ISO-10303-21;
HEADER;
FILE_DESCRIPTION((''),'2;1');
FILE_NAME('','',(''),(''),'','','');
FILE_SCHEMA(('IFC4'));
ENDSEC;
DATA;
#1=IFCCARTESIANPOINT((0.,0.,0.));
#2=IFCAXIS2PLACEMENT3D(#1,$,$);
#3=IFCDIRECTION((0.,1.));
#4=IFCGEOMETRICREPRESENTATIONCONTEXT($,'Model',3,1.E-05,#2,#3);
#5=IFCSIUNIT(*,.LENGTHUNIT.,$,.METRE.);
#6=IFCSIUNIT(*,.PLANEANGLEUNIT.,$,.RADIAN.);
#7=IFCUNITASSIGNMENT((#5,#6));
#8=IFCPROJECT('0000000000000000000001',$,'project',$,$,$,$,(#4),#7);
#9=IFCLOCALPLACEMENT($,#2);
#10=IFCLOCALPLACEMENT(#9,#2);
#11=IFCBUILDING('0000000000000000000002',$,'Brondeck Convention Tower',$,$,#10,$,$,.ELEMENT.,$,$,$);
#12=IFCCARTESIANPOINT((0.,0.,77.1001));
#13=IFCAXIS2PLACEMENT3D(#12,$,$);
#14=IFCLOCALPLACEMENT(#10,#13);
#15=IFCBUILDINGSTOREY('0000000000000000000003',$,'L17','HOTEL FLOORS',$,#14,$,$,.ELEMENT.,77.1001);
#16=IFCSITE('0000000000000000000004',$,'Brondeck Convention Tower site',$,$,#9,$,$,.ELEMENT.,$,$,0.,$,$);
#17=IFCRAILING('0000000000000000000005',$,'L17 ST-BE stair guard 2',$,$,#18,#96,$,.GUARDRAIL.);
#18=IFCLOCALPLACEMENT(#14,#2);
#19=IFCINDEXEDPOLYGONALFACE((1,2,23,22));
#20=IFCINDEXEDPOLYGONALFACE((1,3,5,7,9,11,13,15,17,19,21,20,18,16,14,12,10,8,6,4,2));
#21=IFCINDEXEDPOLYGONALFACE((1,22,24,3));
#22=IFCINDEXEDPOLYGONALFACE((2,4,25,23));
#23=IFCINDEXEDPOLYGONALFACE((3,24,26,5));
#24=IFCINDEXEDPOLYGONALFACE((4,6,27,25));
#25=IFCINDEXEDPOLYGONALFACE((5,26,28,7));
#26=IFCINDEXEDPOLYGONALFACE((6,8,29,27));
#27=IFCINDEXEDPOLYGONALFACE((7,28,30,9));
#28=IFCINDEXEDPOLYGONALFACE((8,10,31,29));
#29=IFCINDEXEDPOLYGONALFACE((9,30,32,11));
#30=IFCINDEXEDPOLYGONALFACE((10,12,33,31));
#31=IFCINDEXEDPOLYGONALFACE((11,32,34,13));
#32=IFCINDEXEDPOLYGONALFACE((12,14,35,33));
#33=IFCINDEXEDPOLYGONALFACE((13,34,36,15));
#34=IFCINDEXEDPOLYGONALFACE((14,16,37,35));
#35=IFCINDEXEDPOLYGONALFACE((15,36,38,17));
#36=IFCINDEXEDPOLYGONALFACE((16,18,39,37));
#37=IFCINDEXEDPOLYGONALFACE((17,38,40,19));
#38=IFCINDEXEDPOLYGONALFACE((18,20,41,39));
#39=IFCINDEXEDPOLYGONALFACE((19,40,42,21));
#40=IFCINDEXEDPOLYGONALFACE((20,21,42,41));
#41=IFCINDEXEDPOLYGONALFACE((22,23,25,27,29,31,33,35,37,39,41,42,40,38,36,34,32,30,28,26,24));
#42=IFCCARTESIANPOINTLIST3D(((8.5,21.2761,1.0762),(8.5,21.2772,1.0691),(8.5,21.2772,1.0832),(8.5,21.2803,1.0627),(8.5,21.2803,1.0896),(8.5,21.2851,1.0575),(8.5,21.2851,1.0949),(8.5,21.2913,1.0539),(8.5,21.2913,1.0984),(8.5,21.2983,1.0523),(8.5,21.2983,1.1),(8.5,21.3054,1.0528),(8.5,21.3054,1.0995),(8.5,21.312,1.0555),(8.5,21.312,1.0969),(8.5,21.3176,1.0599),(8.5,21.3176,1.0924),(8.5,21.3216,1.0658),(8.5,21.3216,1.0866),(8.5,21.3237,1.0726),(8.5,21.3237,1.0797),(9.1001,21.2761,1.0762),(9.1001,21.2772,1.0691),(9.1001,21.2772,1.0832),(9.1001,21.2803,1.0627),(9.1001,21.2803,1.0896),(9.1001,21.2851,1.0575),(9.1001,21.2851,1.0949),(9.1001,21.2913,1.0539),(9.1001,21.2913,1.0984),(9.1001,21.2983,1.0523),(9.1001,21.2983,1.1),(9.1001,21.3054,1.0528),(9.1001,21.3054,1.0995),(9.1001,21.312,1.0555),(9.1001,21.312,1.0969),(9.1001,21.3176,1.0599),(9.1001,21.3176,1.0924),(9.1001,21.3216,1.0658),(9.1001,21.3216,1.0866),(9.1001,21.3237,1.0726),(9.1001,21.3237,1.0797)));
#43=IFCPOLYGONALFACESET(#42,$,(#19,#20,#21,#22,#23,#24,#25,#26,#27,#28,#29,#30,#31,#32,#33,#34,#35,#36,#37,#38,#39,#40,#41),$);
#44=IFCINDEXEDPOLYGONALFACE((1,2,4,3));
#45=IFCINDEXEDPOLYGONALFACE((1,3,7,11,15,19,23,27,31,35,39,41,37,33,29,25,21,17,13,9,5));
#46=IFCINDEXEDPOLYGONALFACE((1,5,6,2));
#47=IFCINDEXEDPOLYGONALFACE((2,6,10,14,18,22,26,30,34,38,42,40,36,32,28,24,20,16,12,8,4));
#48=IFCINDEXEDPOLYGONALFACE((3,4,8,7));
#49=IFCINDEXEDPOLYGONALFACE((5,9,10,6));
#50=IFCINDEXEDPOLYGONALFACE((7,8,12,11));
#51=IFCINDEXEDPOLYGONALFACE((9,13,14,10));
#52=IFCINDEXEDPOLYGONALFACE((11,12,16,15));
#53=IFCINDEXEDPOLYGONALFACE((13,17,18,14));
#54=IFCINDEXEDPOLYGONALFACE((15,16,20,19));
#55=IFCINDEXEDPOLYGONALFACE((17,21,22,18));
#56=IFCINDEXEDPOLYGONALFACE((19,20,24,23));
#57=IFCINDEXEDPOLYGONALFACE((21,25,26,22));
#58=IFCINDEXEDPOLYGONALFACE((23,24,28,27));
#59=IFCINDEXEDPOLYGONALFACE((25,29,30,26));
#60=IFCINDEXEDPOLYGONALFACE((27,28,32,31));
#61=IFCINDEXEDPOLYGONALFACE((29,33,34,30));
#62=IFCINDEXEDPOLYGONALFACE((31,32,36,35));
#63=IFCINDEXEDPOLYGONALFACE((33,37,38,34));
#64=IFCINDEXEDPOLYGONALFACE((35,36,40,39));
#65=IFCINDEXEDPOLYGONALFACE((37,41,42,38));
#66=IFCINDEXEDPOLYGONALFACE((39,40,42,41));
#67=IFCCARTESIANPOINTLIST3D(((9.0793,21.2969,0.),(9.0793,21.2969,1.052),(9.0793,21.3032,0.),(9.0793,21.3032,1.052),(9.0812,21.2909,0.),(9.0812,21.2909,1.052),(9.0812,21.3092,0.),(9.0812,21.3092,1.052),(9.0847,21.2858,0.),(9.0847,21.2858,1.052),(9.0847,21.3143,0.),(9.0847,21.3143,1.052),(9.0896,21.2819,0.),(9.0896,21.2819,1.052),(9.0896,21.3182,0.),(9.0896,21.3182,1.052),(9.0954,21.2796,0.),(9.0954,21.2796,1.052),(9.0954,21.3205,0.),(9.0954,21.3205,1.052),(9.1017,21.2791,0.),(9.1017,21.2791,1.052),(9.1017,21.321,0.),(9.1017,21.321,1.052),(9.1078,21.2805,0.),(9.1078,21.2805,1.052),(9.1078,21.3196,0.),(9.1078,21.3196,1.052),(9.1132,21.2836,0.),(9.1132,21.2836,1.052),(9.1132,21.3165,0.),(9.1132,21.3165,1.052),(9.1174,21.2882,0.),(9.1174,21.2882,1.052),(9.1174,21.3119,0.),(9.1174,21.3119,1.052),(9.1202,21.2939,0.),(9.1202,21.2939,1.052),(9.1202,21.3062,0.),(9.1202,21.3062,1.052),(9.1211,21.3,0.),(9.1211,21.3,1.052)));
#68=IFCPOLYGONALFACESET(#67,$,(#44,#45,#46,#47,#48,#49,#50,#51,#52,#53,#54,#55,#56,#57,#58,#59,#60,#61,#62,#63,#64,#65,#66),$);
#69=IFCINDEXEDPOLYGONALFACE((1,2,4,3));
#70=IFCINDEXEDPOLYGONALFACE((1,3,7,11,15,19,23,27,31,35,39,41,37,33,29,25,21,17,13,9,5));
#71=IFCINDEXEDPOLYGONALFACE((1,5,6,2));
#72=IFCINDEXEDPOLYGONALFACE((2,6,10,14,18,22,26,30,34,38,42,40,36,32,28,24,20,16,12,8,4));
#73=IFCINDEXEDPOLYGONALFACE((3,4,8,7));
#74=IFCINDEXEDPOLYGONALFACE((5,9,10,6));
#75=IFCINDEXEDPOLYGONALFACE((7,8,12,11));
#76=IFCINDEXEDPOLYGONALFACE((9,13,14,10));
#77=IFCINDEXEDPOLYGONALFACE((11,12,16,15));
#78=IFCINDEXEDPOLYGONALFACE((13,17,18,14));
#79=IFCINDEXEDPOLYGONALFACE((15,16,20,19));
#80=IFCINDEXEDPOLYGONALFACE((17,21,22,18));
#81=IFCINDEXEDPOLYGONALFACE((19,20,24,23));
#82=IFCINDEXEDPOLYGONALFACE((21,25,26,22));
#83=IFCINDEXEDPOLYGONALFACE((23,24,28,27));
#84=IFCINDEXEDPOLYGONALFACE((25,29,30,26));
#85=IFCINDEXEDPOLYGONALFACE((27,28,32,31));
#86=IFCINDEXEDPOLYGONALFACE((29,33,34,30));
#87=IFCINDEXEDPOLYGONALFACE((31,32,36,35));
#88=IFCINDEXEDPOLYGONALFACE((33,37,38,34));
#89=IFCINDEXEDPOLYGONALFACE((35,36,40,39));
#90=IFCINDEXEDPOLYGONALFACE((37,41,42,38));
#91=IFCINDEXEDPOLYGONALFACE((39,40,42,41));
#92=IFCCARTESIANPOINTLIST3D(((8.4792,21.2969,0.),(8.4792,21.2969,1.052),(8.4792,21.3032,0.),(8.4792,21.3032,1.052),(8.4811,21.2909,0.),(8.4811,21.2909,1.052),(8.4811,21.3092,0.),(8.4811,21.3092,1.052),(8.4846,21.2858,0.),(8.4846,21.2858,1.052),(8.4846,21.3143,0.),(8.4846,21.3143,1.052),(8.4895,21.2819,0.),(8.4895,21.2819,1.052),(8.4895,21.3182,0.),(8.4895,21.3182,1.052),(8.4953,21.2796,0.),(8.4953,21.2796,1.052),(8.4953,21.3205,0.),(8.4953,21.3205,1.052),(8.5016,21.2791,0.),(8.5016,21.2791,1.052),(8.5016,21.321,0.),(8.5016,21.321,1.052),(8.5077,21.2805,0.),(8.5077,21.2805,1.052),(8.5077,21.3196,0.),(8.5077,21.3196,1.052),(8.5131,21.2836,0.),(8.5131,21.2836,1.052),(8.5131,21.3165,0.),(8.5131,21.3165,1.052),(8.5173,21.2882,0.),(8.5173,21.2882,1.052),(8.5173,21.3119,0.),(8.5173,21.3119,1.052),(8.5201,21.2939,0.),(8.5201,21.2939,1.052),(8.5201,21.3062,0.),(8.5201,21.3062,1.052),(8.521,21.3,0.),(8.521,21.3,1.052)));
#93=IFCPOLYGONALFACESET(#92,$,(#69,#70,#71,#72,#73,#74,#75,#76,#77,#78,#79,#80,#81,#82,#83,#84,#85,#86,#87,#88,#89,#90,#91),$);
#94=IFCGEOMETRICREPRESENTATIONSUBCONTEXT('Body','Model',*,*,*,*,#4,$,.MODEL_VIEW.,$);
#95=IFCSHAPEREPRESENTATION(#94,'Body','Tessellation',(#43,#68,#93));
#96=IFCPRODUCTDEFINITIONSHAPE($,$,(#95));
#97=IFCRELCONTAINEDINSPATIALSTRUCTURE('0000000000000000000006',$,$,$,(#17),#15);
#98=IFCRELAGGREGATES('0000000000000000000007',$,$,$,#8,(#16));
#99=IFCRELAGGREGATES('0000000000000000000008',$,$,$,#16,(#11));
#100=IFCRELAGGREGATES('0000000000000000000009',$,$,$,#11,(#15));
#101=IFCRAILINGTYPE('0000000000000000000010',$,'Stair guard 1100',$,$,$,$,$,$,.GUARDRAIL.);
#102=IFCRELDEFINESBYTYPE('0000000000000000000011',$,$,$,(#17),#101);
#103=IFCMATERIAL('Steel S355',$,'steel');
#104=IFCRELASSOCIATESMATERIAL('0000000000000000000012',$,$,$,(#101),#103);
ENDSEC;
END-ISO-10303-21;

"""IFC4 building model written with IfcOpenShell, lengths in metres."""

from ifc_helpers import new_model, si_unit, direction, frame, origin, origin_2d, place, context, subcontext, project, spatial, circle, extrude, material, type_object, element, save


model = new_model("IFC4")

# Units and contexts
model_context = context("Model", 3, precision=1e-05, world=origin(), true_north=direction((0.0, 1.0)))
body_context = subcontext(model_context, "Body", "Model", "MODEL_VIEW")
ifc_project = project(units=[si_unit("LENGTHUNIT", "METRE"), si_unit("PLANEANGLEUNIT", "RADIAN")], contexts=[model_context])

# Site, building, storey
site_placement = place(None, origin())
site = spatial("IfcSite", under=ifc_project, at=site_placement, Name="Brondeck Convention Tower site", CompositionType="ELEMENT", RefElevation=0.0)
building_placement = place(site_placement, origin())
building = spatial("IfcBuilding", under=site, at=building_placement, Name="Brondeck Convention Tower", CompositionType="ELEMENT")
storey_placement = place(building_placement, frame((0.0, 0.0, 77.1001)))
storey = spatial("IfcBuildingStorey", under=building, at=storey_placement, Name="L17", Description="HOTEL FLOORS", CompositionType="ELEMENT", Elevation=77.1001)

# Shared definitions
ifc_material_1 = material(Name="Steel S355", Category="steel")

# Railing
railing_type = type_object("IfcRailingType", Name="Stair guard 1100", PredefinedType="GUARDRAIL", material=ifc_material_1)
railing_1_placement = place(storey_placement, frame((9.1001, 21.3, 0.0)))
element("IfcRailing", 1, at=railing_1_placement, inside=storey, type_object=railing_type, Name="L17 ST-BE stair guard 2", PredefinedType="GUARDRAIL", context=body_context, shape_type="SweptSolid", body=[
    extrude(circle(Radius=0.0239, at=origin_2d()), frame((0.0, 0.0, 1.0762), z_axis=(-1.0, 0.0, 0.0), x_axis=(0.0, -1.0, 0.0)), (0.0, 0.0, 1.0), 0.6001),
    extrude(circle(Radius=0.021, at=origin_2d()), origin(), (0.0, 0.0, 1.0), 1.052),
    extrude(circle(Radius=0.021, at=origin_2d()), frame((-0.6001, 0.0, 0.0)), (0.0, 0.0, 1.0), 1.052),
])

save(model, "model.ifc")
